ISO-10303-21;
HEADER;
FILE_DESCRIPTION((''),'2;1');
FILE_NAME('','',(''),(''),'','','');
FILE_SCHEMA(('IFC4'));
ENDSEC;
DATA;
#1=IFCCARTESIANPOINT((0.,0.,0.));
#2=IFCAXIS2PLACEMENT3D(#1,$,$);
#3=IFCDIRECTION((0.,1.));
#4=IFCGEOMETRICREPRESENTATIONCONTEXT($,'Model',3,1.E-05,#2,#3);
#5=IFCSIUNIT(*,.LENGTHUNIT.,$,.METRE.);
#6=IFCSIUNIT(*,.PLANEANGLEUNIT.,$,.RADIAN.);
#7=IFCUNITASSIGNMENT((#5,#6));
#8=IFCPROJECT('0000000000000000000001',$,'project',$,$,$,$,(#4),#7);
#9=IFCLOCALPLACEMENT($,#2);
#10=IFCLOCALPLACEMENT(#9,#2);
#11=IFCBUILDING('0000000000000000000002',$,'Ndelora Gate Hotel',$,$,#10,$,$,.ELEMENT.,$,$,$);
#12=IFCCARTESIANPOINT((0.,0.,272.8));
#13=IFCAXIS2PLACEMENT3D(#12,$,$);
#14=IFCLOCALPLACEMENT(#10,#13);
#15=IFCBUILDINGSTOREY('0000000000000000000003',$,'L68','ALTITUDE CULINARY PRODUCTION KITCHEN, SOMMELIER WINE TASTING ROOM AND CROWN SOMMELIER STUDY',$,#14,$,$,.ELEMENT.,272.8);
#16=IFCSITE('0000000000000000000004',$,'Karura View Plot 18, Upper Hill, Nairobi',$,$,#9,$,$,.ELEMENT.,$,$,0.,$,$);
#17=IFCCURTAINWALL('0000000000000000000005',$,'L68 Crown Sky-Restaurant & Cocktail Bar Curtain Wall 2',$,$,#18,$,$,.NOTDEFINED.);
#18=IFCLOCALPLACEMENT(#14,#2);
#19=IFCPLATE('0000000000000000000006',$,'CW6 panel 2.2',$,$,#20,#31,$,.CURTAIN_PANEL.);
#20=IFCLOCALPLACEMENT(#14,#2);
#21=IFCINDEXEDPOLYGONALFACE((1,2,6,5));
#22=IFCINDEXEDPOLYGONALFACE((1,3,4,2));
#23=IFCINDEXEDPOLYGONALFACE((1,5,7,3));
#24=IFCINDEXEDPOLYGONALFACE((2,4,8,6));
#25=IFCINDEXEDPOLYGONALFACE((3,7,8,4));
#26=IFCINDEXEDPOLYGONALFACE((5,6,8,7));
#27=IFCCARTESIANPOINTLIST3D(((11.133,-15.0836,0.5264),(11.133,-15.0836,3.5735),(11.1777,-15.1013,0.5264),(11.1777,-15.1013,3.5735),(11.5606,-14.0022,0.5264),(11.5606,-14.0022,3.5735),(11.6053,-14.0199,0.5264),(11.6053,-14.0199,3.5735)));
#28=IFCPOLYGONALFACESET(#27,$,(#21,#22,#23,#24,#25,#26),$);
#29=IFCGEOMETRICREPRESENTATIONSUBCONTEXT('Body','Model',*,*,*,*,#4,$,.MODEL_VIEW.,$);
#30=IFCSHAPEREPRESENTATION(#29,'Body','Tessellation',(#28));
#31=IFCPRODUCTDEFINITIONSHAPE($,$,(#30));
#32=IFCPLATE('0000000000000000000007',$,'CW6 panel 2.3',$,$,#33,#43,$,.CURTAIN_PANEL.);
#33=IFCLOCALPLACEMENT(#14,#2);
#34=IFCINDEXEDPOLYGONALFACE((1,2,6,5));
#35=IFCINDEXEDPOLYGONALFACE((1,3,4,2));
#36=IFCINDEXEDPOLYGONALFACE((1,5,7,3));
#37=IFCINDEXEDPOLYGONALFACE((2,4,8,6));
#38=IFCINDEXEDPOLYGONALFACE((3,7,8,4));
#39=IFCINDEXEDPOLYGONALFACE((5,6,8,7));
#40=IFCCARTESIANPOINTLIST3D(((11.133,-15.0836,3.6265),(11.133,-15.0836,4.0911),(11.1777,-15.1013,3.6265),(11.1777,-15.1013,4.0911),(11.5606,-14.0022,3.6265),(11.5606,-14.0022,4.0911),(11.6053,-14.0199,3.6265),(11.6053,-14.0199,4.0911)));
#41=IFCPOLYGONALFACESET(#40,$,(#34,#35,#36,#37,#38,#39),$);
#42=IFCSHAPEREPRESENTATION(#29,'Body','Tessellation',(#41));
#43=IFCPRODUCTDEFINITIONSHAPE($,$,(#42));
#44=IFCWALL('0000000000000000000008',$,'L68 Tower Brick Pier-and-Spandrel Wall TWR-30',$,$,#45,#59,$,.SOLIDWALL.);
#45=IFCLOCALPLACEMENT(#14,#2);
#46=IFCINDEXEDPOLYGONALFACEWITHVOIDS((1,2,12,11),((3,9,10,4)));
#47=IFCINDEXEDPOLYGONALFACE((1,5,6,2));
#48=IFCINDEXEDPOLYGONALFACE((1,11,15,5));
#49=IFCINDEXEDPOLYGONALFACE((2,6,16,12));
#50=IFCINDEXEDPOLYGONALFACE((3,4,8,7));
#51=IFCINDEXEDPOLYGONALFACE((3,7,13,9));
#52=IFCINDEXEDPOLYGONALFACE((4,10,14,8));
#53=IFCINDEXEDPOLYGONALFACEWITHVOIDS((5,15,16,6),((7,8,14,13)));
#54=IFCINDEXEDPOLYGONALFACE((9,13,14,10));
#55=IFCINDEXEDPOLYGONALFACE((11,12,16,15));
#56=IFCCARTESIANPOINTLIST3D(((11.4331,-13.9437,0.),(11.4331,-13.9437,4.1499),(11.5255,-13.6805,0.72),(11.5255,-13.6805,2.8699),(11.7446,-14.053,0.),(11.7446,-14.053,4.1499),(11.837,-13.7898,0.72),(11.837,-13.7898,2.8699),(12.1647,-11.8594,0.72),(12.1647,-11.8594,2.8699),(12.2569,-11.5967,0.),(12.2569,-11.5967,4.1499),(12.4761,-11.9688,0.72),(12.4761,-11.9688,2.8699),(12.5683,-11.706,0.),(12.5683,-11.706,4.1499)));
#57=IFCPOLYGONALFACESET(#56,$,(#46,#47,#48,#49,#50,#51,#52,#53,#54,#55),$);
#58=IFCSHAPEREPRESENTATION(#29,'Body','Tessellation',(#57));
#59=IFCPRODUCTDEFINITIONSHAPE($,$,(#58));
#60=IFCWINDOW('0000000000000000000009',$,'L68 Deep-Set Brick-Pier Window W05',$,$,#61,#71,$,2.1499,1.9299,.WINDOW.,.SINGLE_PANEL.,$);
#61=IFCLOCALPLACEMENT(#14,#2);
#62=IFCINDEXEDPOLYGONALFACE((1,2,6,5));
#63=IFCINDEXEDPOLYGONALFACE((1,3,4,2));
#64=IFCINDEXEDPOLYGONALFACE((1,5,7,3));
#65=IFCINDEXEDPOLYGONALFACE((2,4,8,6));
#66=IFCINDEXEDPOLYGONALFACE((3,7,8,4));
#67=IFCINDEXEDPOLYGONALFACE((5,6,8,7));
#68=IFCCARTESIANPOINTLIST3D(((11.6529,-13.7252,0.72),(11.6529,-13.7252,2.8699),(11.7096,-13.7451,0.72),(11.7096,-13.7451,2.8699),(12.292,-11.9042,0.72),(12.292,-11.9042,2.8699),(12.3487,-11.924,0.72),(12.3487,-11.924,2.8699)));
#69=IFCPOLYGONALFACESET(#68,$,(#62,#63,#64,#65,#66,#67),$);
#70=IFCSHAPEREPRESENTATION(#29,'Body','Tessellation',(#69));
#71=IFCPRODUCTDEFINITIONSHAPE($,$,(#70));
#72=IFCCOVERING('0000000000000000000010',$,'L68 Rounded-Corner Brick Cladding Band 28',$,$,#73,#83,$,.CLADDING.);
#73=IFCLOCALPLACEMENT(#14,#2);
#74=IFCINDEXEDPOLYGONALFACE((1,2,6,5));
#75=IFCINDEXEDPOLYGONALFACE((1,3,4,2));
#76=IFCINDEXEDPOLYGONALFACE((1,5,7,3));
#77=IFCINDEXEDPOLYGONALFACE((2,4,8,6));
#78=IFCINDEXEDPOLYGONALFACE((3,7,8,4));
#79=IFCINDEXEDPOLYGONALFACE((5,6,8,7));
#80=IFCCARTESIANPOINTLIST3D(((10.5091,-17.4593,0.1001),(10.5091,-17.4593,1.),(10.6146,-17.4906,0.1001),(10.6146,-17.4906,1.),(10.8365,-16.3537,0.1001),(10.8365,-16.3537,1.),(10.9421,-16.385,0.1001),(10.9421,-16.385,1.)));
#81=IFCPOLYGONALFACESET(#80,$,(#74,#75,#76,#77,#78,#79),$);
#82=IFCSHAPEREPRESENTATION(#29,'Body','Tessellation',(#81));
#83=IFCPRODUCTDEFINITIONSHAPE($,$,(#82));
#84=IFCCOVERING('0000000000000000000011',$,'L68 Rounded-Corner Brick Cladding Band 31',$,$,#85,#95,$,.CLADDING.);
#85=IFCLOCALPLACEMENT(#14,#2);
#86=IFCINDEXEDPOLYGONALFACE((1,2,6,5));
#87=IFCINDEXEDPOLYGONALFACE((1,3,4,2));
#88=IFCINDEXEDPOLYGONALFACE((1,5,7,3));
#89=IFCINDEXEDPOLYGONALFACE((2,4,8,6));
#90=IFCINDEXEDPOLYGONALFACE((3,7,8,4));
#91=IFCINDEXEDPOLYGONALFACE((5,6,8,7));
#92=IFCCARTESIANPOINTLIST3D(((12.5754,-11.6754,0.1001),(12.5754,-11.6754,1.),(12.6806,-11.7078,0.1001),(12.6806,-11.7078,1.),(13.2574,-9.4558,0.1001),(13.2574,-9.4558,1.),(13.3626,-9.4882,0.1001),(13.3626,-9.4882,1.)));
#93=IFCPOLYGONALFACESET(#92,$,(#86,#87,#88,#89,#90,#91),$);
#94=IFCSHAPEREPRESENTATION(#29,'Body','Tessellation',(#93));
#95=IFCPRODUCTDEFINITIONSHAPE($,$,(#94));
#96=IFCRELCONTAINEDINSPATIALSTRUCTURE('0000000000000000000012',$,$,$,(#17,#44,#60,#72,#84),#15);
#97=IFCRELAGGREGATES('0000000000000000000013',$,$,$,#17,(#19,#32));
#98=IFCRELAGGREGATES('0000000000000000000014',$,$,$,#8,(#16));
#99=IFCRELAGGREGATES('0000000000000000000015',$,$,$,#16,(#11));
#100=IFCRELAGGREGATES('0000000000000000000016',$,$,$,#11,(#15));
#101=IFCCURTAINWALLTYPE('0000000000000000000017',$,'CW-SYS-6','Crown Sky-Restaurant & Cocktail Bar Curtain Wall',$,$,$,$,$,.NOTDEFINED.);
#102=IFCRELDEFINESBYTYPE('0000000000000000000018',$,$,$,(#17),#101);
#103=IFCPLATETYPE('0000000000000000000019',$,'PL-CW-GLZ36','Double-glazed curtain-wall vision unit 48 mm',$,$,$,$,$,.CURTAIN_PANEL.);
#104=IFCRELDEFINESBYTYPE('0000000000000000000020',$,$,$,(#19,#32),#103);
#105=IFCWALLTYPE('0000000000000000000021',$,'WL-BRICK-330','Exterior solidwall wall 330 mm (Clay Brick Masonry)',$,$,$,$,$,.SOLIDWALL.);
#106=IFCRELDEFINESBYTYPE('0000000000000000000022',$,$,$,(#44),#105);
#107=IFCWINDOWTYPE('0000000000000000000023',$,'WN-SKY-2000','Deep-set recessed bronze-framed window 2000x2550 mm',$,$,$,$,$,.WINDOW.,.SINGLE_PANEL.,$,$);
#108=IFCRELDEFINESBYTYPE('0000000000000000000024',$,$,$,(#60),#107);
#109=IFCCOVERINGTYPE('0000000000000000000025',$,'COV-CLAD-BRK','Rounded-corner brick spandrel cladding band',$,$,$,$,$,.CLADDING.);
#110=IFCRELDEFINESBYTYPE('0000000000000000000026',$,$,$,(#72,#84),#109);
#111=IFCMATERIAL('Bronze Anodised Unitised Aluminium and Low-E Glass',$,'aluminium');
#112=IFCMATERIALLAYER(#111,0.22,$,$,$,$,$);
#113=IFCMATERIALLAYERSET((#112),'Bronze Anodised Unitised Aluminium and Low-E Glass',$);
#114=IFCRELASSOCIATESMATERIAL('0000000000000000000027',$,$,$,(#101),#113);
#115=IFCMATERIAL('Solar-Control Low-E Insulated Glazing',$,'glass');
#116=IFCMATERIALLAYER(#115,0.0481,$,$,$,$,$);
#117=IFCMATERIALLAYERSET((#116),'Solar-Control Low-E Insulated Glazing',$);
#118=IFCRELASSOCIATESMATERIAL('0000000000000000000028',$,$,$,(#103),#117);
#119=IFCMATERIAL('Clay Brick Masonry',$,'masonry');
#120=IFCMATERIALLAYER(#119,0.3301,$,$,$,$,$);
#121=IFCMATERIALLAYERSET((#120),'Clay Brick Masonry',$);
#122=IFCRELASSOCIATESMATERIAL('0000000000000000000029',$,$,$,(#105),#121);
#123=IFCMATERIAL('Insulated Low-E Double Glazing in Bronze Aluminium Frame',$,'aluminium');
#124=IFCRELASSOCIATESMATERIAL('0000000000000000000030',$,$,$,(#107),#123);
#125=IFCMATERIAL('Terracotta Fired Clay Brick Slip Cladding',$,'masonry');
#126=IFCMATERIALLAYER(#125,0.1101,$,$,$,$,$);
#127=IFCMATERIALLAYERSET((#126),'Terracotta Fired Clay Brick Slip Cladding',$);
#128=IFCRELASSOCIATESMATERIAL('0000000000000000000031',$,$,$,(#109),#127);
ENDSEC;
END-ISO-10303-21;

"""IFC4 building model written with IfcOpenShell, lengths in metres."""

from ifc_helpers import new_model, si_unit, direction, frame, frame_2d, origin, origin_2d, place, context, subcontext, project, spatial, rectangle, extrude, material, layer, layer_set, type_object, element, fill, aggregate, save


model = new_model("IFC4")

# Units and contexts
model_context = context("Model", 3, precision=1e-05, world=origin(), true_north=direction((0.0, 1.0)))
body_context = subcontext(model_context, "Body", "Model", "MODEL_VIEW")
ifc_project = project(units=[si_unit("LENGTHUNIT", "METRE"), si_unit("PLANEANGLEUNIT", "RADIAN")], contexts=[model_context])

# Site, building, storey
site_placement = place(None, origin())
site = spatial("IfcSite", under=ifc_project, at=site_placement, Name="Karura View Plot 18, Upper Hill, Nairobi", CompositionType="ELEMENT", RefElevation=0.0)
building_placement = place(site_placement, origin())
building = spatial("IfcBuilding", under=site, at=building_placement, Name="Ndelora Gate Hotel", CompositionType="ELEMENT")
storey_placement = place(building_placement, frame((0.0, 0.0, 272.8)))
storey = spatial("IfcBuildingStorey", under=building, at=storey_placement, Name="L68", Description="ALTITUDE CULINARY PRODUCTION KITCHEN, SOMMELIER WINE TASTING ROOM AND CROWN SOMMELIER STUDY", CompositionType="ELEMENT", Elevation=272.8)

# Curtain wall, plates
ifc_material_1 = material(Name="Bronze Anodised Unitised Aluminium and Low-E Glass", Category="aluminium")
ifc_layer_1 = layer(ifc_material_1, 0.22)
ifc_layer_set_1 = layer_set([ifc_layer_1], Name="Bronze Anodised Unitised Aluminium and Low-E Glass")
curtain_wall_type = type_object("IfcCurtainWallType", Name="CW-SYS-6", Description="Crown Sky-Restaurant & Cocktail Bar Curtain Wall", PredefinedType="NOTDEFINED", material=ifc_layer_set_1)
curtain_wall_placement = place(storey_placement, origin())
curtain_wall = element("IfcCurtainWall", 1, at=curtain_wall_placement, inside=storey, type_object=curtain_wall_type, Name="L68 Crown Sky-Restaurant & Cocktail Bar Curtain Wall 2", PredefinedType="NOTDEFINED")
ifc_material_2 = material(Name="Solar-Control Low-E Insulated Glazing", Category="glass")
ifc_layer_2 = layer(ifc_material_2, 0.0481)
ifc_layer_set_2 = layer_set([ifc_layer_2], Name="Solar-Control Low-E Insulated Glazing")
plate_type = type_object("IfcPlateType", Name="PL-CW-GLZ36", Description="Double-glazed curtain-wall vision unit 48 mm", PredefinedType="CURTAIN_PANEL", material=ifc_layer_set_2)
plate_1_placement = place(storey_placement, frame((11.3691, -14.5518, 0.5264), z_axis=(0.0, 0.0, 1.0), x_axis=(0.3677, 0.929944, 0.0)))
plate_1 = element("IfcPlate", 2, at=plate_1_placement, type_object=plate_type, Name="CW6 panel 2.2", PredefinedType="CURTAIN_PANEL", context=body_context, shape_type="SweptSolid", body=[
    extrude(rectangle(XDim=1.1628, YDim=0.0481, at=origin_2d()), origin(), (0.0, 0.0, 1.0), 3.0471),
])
plate_2_placement = place(storey_placement, frame((11.3691, -14.5518, 3.6265), z_axis=(0.0, 0.0, 1.0), x_axis=(0.3677, 0.929944, 0.0)))
plate_2 = element("IfcPlate", 3, at=plate_2_placement, type_object=plate_type, Name="CW6 panel 2.3", PredefinedType="CURTAIN_PANEL", context=body_context, shape_type="SweptSolid", body=[
    extrude(rectangle(XDim=1.1628, YDim=0.0481, at=origin_2d()), origin(), (0.0, 0.0, 1.0), 0.4646),
])
aggregate(curtain_wall, [plate_1, plate_2])

# Wall, opening, window
ifc_material_3 = material(Name="Clay Brick Masonry", Category="masonry")
ifc_layer_3 = layer(ifc_material_3, 0.3301)
ifc_layer_set_3 = layer_set([ifc_layer_3], Name="Clay Brick Masonry")
wall_type = type_object("IfcWallType", Name="WL-BRICK-330", Description="Exterior solidwall wall 330 mm (Clay Brick Masonry)", PredefinedType="SOLIDWALL", material=ifc_layer_set_3)
wall_placement = place(storey_placement, frame((12.4126, -11.6514, 0.0), z_axis=(0.0, 0.0, 1.0), x_axis=(-0.331177, -0.943569, 0.0)))
wall = element("IfcWall", 4, at=wall_placement, inside=storey, type_object=wall_type, Name="L68 Tower Brick Pier-and-Spandrel Wall TWR-30", PredefinedType="SOLIDWALL", context=body_context, shape_type="SweptSolid", body=[
    extrude(rectangle(XDim=2.4873, YDim=0.3301, at=frame_2d((1.2437, 0.0))), origin(), (0.0, 0.0, 1.0), 4.1499),
])
opening_placement = place(wall_placement, frame((0.2786, 0.0, 0.72)))
opening = element("IfcOpeningElement", 5, at=opening_placement, cuts=wall, PredefinedType="OPENING", context=body_context, shape_type="SweptSolid", body=[
    extrude(rectangle(XDim=1.9299, YDim=2.1499, at=frame_2d((0.9648, 1.075))), frame((0.0, 0.175, 0.0), z_axis=(0.0, -1.0, 0.0), x_axis=(1.0, 0.0, 0.0)), (0.0, 0.0, 1.0), 0.3501),
])
ifc_material_4 = material(Name="Insulated Low-E Double Glazing in Bronze Aluminium Frame", Category="aluminium")
window_type = type_object("IfcWindowType", Name="WN-SKY-2000", Description="Deep-set recessed bronze-framed window 2000x2550 mm", PartitioningType="SINGLE_PANEL", PredefinedType="WINDOW", material=ifc_material_4)
window_placement = place(opening_placement, origin())
window = element("IfcWindow", 6, at=window_placement, inside=storey, type_object=window_type, Name="L68 Deep-Set Brick-Pier Window W05", OverallHeight=2.1499, OverallWidth=1.9299, PartitioningType="SINGLE_PANEL", PredefinedType="WINDOW", context=body_context, shape_type="SweptSolid", body=[
    extrude(rectangle(XDim=1.9299, YDim=2.1499, at=frame_2d((0.9648, 1.075))), frame((0.0, 0.03, 0.0), z_axis=(0.0, -1.0, 0.0), x_axis=(1.0, 0.0, 0.0)), (0.0, 0.0, 1.0), 0.0601),
])
fill(opening, window)

# Coverings
ifc_material_5 = material(Name="Terracotta Fired Clay Brick Slip Cladding", Category="masonry")
ifc_layer_4 = layer(ifc_material_5, 0.1101)
ifc_layer_set_4 = layer_set([ifc_layer_4], Name="Terracotta Fired Clay Brick Slip Cladding")
covering_type = type_object("IfcCoveringType", Name="COV-CLAD-BRK", Description="Rounded-corner brick spandrel cladding band", PredefinedType="CLADDING", material=ifc_layer_set_4)
covering_1_placement = place(storey_placement, frame((10.7256, -16.9221, 0.1001), z_axis=(0.0, 0.0, 1.0), x_axis=(0.284015, 0.95882, 0.0)))
element("IfcCovering", 7, at=covering_1_placement, inside=storey, type_object=covering_type, Name="L68 Rounded-Corner Brick Cladding Band 28", PredefinedType="CLADDING", context=body_context, shape_type="SweptSolid", body=[
    extrude(rectangle(XDim=1.1531, YDim=0.1101, at=origin_2d()), origin(), (0.0, 0.0, 1.0), 0.8999),
])
covering_2_placement = place(storey_placement, frame((12.969, -10.5818, 0.1001), z_axis=(0.0, 0.0, 1.0), x_axis=(0.293707, 0.955896, 0.0)))
element("IfcCovering", 8, at=covering_2_placement, inside=storey, type_object=covering_type, Name="L68 Rounded-Corner Brick Cladding Band 31", PredefinedType="CLADDING", context=body_context, shape_type="SweptSolid", body=[
    extrude(rectangle(XDim=2.322, YDim=0.1101, at=origin_2d()), origin(), (0.0, 0.0, 1.0), 0.8999),
])

save(model, "model.ifc")
